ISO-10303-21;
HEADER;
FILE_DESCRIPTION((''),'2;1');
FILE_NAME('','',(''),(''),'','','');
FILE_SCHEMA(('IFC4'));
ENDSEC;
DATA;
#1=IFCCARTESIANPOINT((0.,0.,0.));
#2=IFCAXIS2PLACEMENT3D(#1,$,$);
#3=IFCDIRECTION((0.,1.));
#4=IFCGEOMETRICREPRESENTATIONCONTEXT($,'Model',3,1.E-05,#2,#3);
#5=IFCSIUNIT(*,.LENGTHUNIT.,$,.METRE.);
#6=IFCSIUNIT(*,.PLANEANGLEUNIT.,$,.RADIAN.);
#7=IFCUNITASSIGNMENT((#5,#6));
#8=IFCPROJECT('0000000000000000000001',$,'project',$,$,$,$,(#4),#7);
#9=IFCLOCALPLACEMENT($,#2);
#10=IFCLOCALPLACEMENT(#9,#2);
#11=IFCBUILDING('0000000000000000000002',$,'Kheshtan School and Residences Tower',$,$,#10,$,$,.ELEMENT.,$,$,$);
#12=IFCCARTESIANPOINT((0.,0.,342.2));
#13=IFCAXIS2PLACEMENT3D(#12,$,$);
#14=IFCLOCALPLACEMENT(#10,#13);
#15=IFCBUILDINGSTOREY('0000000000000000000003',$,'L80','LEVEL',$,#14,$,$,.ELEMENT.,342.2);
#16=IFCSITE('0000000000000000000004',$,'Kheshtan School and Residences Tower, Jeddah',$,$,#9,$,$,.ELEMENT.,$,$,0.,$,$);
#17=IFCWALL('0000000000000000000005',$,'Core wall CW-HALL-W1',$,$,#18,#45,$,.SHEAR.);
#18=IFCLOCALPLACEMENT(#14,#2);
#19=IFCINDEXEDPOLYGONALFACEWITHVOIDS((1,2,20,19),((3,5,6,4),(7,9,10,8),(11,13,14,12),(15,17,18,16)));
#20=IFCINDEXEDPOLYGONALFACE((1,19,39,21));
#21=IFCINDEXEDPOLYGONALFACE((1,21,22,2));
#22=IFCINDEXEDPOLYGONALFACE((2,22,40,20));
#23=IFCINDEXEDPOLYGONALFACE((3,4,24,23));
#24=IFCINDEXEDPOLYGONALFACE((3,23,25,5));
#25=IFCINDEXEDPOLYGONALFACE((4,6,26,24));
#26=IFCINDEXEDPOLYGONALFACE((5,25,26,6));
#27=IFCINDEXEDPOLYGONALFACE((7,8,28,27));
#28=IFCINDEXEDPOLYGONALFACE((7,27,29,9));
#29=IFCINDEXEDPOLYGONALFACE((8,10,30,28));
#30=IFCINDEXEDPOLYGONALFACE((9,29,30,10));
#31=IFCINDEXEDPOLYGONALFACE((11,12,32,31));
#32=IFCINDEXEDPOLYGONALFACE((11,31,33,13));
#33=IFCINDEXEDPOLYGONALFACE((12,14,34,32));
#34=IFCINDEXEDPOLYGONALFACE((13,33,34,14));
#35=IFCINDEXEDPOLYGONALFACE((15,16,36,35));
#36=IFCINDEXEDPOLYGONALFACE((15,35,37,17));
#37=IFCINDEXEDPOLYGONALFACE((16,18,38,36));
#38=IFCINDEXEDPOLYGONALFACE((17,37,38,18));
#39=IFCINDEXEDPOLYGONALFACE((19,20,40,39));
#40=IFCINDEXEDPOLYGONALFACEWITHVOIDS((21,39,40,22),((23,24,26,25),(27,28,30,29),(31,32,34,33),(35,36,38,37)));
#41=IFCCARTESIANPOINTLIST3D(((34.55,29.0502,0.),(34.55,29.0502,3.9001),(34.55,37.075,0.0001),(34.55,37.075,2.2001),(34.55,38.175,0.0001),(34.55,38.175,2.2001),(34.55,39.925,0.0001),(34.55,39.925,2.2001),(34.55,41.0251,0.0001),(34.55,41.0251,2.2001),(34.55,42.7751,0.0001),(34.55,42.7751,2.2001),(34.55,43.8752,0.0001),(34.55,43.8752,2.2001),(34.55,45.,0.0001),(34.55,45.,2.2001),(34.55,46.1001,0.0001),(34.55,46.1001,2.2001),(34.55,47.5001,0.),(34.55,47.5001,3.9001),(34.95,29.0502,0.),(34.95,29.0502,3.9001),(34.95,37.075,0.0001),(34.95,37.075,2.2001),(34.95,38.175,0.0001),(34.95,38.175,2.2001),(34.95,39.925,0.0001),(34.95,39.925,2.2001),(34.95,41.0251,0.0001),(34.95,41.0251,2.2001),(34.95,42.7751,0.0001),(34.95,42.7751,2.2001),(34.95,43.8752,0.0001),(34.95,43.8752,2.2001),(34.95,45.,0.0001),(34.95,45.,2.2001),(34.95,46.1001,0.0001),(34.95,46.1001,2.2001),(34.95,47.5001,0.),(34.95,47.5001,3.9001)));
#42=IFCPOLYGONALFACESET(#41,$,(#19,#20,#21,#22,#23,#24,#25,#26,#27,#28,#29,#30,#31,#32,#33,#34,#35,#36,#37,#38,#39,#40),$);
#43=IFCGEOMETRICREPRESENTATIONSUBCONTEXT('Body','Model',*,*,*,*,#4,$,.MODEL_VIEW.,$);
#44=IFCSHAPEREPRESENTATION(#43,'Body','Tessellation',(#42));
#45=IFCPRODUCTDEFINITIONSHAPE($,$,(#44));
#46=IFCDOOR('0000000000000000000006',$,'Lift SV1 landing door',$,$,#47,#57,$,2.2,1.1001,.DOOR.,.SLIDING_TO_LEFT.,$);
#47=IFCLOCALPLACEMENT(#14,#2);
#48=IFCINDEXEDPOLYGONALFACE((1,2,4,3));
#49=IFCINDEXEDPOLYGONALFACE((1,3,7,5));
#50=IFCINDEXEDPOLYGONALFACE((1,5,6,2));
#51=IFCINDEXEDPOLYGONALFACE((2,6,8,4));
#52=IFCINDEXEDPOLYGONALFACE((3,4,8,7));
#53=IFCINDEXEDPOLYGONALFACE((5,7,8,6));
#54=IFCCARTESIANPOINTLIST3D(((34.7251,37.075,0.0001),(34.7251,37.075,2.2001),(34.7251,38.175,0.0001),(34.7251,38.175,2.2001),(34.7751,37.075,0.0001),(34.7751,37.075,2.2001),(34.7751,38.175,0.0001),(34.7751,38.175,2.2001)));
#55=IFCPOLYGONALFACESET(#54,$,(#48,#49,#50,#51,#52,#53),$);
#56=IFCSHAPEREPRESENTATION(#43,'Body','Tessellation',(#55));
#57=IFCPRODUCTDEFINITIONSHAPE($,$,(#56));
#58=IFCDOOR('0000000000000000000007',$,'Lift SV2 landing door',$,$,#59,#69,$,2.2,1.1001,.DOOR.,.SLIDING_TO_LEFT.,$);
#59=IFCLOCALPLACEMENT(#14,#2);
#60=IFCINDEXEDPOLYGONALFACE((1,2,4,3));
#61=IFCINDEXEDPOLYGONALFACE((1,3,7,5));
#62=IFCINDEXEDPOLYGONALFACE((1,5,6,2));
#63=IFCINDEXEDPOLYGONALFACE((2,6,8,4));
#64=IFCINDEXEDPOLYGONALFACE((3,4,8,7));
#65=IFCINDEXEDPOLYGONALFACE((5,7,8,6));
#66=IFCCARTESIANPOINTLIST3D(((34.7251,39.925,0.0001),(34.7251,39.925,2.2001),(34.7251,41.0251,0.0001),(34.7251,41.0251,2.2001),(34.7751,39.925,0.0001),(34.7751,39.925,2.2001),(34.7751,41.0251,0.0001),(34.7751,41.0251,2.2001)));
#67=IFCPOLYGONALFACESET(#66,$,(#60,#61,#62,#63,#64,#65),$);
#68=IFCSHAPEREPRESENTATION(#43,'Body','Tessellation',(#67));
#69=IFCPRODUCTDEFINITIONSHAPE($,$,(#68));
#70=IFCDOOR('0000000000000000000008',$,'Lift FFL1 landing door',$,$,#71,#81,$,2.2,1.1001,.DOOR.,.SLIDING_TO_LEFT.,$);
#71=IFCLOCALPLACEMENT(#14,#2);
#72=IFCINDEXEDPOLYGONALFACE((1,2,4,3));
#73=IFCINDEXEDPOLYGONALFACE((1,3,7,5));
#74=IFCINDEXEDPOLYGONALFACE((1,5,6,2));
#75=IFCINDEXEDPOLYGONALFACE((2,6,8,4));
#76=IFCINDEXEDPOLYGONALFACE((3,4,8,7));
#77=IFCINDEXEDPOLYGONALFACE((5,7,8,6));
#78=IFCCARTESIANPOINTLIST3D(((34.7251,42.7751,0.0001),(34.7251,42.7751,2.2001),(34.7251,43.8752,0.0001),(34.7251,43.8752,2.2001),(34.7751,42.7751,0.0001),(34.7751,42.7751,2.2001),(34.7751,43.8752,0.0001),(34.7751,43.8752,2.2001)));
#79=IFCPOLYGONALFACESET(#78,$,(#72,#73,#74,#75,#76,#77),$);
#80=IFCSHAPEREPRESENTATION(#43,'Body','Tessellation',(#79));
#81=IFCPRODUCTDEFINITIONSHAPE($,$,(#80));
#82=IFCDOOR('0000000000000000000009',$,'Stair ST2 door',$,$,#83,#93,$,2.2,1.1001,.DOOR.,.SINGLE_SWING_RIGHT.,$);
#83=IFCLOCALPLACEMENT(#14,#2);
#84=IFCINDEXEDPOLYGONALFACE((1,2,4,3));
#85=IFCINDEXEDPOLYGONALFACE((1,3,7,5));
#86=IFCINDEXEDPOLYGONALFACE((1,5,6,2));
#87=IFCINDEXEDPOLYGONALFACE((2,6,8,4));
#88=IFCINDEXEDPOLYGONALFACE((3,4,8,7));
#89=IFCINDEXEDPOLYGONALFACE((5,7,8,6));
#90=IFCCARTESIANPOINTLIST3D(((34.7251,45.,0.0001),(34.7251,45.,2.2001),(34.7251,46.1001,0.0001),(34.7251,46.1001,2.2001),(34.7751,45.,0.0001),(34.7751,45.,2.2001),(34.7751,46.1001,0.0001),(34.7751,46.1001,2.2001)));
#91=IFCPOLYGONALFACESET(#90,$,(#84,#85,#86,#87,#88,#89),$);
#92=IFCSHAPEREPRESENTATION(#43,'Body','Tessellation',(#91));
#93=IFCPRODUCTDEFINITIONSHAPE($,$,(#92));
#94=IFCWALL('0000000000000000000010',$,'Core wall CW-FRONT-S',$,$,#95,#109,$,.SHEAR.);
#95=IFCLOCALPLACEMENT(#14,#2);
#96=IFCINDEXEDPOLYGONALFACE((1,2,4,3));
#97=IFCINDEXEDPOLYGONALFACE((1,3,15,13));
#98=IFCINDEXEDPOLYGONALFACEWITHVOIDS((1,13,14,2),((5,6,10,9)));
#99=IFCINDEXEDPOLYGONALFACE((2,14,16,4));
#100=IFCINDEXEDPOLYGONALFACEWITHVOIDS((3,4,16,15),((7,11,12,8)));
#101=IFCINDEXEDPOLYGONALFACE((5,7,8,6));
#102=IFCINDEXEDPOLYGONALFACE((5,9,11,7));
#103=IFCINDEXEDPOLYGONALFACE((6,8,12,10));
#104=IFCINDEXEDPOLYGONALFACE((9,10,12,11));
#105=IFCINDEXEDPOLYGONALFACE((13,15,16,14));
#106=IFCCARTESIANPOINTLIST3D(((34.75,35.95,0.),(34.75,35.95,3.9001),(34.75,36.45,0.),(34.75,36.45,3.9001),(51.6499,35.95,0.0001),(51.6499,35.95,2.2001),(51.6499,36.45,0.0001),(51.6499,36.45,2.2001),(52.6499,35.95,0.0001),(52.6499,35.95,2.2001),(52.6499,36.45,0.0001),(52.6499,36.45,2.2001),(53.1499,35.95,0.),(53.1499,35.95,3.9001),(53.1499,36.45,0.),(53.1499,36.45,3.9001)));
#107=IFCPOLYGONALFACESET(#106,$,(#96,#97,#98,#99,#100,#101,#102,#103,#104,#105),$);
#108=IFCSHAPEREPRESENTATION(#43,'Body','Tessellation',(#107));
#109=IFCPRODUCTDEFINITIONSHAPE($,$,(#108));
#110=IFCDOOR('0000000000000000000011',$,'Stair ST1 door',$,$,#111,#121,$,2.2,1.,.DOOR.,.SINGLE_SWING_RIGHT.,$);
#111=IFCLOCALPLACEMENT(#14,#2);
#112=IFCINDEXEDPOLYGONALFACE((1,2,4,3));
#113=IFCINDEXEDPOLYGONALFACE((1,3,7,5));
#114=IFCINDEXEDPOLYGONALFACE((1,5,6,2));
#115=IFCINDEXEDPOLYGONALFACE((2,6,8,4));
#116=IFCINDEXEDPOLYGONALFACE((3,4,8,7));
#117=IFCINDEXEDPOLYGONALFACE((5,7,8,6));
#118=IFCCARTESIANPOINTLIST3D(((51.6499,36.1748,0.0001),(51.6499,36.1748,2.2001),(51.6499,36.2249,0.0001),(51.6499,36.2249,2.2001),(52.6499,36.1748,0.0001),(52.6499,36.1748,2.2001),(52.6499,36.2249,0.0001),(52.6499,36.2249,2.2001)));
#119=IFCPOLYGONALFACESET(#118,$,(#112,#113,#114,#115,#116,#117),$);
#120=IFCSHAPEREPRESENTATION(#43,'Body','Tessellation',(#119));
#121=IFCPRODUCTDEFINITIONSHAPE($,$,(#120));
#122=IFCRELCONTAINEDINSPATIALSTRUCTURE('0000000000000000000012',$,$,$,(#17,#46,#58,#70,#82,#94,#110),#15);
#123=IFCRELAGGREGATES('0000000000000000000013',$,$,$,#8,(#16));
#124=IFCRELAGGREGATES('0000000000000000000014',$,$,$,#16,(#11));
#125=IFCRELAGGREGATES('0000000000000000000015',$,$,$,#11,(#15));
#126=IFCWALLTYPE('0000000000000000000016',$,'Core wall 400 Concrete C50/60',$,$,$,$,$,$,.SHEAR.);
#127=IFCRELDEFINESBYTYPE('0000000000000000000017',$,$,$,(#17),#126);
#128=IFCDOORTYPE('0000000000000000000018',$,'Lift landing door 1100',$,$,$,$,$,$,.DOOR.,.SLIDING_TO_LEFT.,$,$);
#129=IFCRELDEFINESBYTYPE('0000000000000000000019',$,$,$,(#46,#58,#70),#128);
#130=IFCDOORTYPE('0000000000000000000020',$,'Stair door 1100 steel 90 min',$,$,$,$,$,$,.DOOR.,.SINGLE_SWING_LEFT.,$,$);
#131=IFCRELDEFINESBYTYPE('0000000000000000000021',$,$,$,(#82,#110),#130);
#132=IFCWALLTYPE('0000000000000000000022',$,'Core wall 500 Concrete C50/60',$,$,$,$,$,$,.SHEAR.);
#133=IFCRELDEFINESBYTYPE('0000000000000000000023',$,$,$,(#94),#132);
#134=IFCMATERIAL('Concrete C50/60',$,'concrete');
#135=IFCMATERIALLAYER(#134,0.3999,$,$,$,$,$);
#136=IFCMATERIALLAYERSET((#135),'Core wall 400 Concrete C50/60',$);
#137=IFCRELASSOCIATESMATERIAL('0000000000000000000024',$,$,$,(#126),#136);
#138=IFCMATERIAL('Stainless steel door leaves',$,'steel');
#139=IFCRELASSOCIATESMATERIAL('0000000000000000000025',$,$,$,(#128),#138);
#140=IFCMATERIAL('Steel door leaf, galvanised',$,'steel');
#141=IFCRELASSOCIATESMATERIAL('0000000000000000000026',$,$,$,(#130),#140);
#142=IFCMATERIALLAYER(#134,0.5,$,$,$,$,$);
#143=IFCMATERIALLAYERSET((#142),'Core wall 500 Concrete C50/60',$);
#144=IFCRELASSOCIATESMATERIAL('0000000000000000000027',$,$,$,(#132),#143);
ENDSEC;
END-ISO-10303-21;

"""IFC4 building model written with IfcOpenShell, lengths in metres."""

from ifc_helpers import new_model, si_unit, direction, frame, frame_2d, origin, place, context, subcontext, project, spatial, rectangle, extrude, source, transform, mapped, material, layer, layer_set, type_object, element, fill, save


model = new_model("IFC4")

# Units and contexts
model_context = context("Model", 3, precision=1e-05, world=origin(), true_north=direction((0.0, 1.0)))
body_context = subcontext(model_context, "Body", "Model", "MODEL_VIEW")
ifc_project = project(units=[si_unit("LENGTHUNIT", "METRE"), si_unit("PLANEANGLEUNIT", "RADIAN")], contexts=[model_context])

# Site, building, storey
site_placement = place(None, origin())
site = spatial("IfcSite", under=ifc_project, at=site_placement, Name="Kheshtan School and Residences Tower, Jeddah", CompositionType="ELEMENT", RefElevation=0.0)
building_placement = place(site_placement, origin())
building = spatial("IfcBuilding", under=site, at=building_placement, Name="Kheshtan School and Residences Tower", CompositionType="ELEMENT")
storey_placement = place(building_placement, frame((0.0, 0.0, 342.2)))
storey = spatial("IfcBuildingStorey", under=building, at=storey_placement, Name="L80", Description="LEVEL", CompositionType="ELEMENT", Elevation=342.2)

# Wall, openings, doors
ifc_material_1 = material(Name="Concrete C50/60", Category="concrete")
ifc_layer_1 = layer(ifc_material_1, 0.3999)
ifc_layer_set_1 = layer_set([ifc_layer_1], Name="Core wall 400 Concrete C50/60")
wall_type_1 = type_object("IfcWallType", Name="Core wall 400 Concrete C50/60", PredefinedType="SHEAR", material=ifc_layer_set_1)
ifc_material_2 = material(Name="Stainless steel door leaves", Category="steel")
door_type_1 = type_object("IfcDoorType", Name="Lift landing door 1100", OperationType="SLIDING_TO_LEFT", PredefinedType="DOOR", material=ifc_material_2)
shared_shape_1 = source(origin(), body_context, "Body", "SweptSolid", [
    extrude(rectangle(XDim=1.1001, YDim=2.2, at=frame_2d((0.55, 1.1001))), frame((0.0, 0.0249, 0.0), z_axis=(0.0, -1.0, 0.0), x_axis=(1.0, 0.0, 0.0)), (0.0, 0.0, 1.0), 0.05),
])
ifc_material_3 = material(Name="Steel door leaf, galvanised", Category="steel")
wall_1_placement = place(storey_placement, frame((34.75, 29.05, 0.0), z_axis=(0.0, 0.0, 1.0), x_axis=(0.0, 1.0, 0.0)))
wall_1 = element("IfcWall", 1, at=wall_1_placement, inside=storey, type_object=wall_type_1, Name="Core wall CW-HALL-W1", PredefinedType="SHEAR", context=body_context, shape_type="SweptSolid", body=[
    extrude(rectangle(XDim=18.45, YDim=0.3999, at=frame_2d((9.2251, 0.0))), origin(), (0.0, 0.0, 1.0), 3.9001),
])
opening_1_placement = place(wall_1_placement, frame((8.0249, 0.0, 0.0)))
opening_1 = element("IfcOpeningElement", 2, at=opening_1_placement, cuts=wall_1, PredefinedType="OPENING", context=body_context, shape_type="SweptSolid", body=[
    extrude(rectangle(XDim=1.1001, YDim=2.2, at=frame_2d((0.55, 1.1001))), frame((0.0, 0.21, 0.0), z_axis=(0.0, -1.0, 0.0), x_axis=(1.0, 0.0, 0.0)), (0.0, 0.0, 1.0), 0.4199),
])
opening_2_placement = place(wall_1_placement, frame((10.875, 0.0, 0.0)))
opening_2 = element("IfcOpeningElement", 3, at=opening_2_placement, cuts=wall_1, PredefinedType="OPENING", context=body_context, shape_type="SweptSolid", body=[
    extrude(rectangle(XDim=1.1001, YDim=2.2, at=frame_2d((0.55, 1.1001))), frame((0.0, 0.21, 0.0), z_axis=(0.0, -1.0, 0.0), x_axis=(1.0, 0.0, 0.0)), (0.0, 0.0, 1.0), 0.4199),
])
opening_3_placement = place(wall_1_placement, frame((13.7251, 0.0, 0.0)))
opening_3 = element("IfcOpeningElement", 4, at=opening_3_placement, cuts=wall_1, PredefinedType="OPENING", context=body_context, shape_type="SweptSolid", body=[
    extrude(rectangle(XDim=1.1001, YDim=2.2, at=frame_2d((0.55, 1.1001))), frame((0.0, 0.21, 0.0), z_axis=(0.0, -1.0, 0.0), x_axis=(1.0, 0.0, 0.0)), (0.0, 0.0, 1.0), 0.4199),
])
opening_4_placement = place(wall_1_placement, frame((15.95, 0.0, 0.0)))
opening_4 = element("IfcOpeningElement", 5, at=opening_4_placement, cuts=wall_1, PredefinedType="OPENING", context=body_context, shape_type="SweptSolid", body=[
    extrude(rectangle(XDim=1.1001, YDim=2.2, at=frame_2d((0.55, 1.1001))), frame((0.0, 0.21, 0.0), z_axis=(0.0, -1.0, 0.0), x_axis=(1.0, 0.0, 0.0)), (0.0, 0.0, 1.0), 0.4199),
])
door_1_placement = place(opening_1_placement, origin())
door_1 = element("IfcDoor", 6, at=door_1_placement, inside=storey, type_object=door_type_1, Name="Lift SV1 landing door", OperationType="SLIDING_TO_LEFT", OverallHeight=2.2, OverallWidth=1.1001, PredefinedType="DOOR", context=body_context, shape_type="MappedRepresentation", body=[
    mapped(shared_shape_1, transform((0.0, 0.0, 0.0), x_axis=(1.0, 0.0, 0.0), y_axis=(0.0, 1.0, 0.0), z_axis=(0.0, 0.0, 1.0), scale=1.0)),
])
fill(opening_1, door_1)
door_2_placement = place(opening_2_placement, origin())
door_2 = element("IfcDoor", 7, at=door_2_placement, inside=storey, type_object=door_type_1, Name="Lift SV2 landing door", OperationType="SLIDING_TO_LEFT", OverallHeight=2.2, OverallWidth=1.1001, PredefinedType="DOOR", context=body_context, shape_type="MappedRepresentation", body=[
    mapped(shared_shape_1, transform((0.0, 0.0, 0.0), x_axis=(1.0, 0.0, 0.0), y_axis=(0.0, 1.0, 0.0), z_axis=(0.0, 0.0, 1.0), scale=1.0)),
])
fill(opening_2, door_2)
door_3_placement = place(opening_3_placement, origin())
door_3 = element("IfcDoor", 8, at=door_3_placement, inside=storey, type_object=door_type_1, Name="Lift FFL1 landing door", OperationType="SLIDING_TO_LEFT", OverallHeight=2.2, OverallWidth=1.1001, PredefinedType="DOOR", context=body_context, shape_type="MappedRepresentation", body=[
    mapped(shared_shape_1, transform((0.0, 0.0, 0.0), x_axis=(1.0, 0.0, 0.0), y_axis=(0.0, 1.0, 0.0), z_axis=(0.0, 0.0, 1.0), scale=1.0)),
])
fill(opening_3, door_3)
door_type_2 = type_object("IfcDoorType", Name="Stair door 1100 steel 90 min", OperationType="SINGLE_SWING_LEFT", PredefinedType="DOOR", material=ifc_material_3)
shared_shape_2 = source(origin(), body_context, "Body", "SweptSolid", [
    extrude(rectangle(XDim=1.1001, YDim=2.2, at=frame_2d((0.55, 1.1001))), frame((0.0, 0.0249, 0.0), z_axis=(0.0, -1.0, 0.0), x_axis=(1.0, 0.0, 0.0)), (0.0, 0.0, 1.0), 0.05),
])
door_4_placement = place(opening_4_placement, origin())
door_4 = element("IfcDoor", 9, at=door_4_placement, inside=storey, type_object=door_type_2, Name="Stair ST2 door", OperationType="SINGLE_SWING_RIGHT", OverallHeight=2.2, OverallWidth=1.1001, PredefinedType="DOOR", context=body_context, shape_type="MappedRepresentation", body=[
    mapped(shared_shape_2, transform((0.0, 0.0, 0.0), x_axis=(1.0, 0.0, 0.0), y_axis=(0.0, 1.0, 0.0), z_axis=(0.0, 0.0, 1.0), scale=1.0)),
])
fill(opening_4, door_4)

# Wall, opening, door
ifc_layer_2 = layer(ifc_material_1, 0.5)
ifc_layer_set_2 = layer_set([ifc_layer_2], Name="Core wall 500 Concrete C50/60")
wall_type_2 = type_object("IfcWallType", Name="Core wall 500 Concrete C50/60", PredefinedType="SHEAR", material=ifc_layer_set_2)
wall_2_placement = place(storey_placement, frame((34.75, 36.2, 0.0), z_axis=(0.0, 0.0, 1.0), x_axis=(1.0, 0.0, 0.0)))
wall_2 = element("IfcWall", 10, at=wall_2_placement, inside=storey, type_object=wall_type_2, Name="Core wall CW-FRONT-S", PredefinedType="SHEAR", context=body_context, shape_type="SweptSolid", body=[
    extrude(rectangle(XDim=18.3999, YDim=0.5, at=frame_2d((9.2, 0.0))), origin(), (0.0, 0.0, 1.0), 3.9001),
])
opening_5_placement = place(wall_2_placement, frame((16.8999, 0.0, 0.0)))
opening_5 = element("IfcOpeningElement", 11, at=opening_5_placement, cuts=wall_2, PredefinedType="OPENING", context=body_context, shape_type="SweptSolid", body=[
    extrude(rectangle(XDim=1.0, YDim=2.2, at=frame_2d((0.5, 1.1001))), frame((0.0, 0.26, 0.0), z_axis=(0.0, -1.0, 0.0), x_axis=(1.0, 0.0, 0.0)), (0.0, 0.0, 1.0), 0.52),
])
shared_shape_3 = source(origin(), body_context, "Body", "SweptSolid", [
    extrude(rectangle(XDim=1.0, YDim=2.2, at=frame_2d((0.5, 1.1001))), frame((0.0, 0.0249, 0.0), z_axis=(0.0, -1.0, 0.0), x_axis=(1.0, 0.0, 0.0)), (0.0, 0.0, 1.0), 0.05),
])
door_5_placement = place(opening_5_placement, origin())
door_5 = element("IfcDoor", 12, at=door_5_placement, inside=storey, type_object=door_type_2, Name="Stair ST1 door", OperationType="SINGLE_SWING_RIGHT", OverallHeight=2.2, OverallWidth=1.0, PredefinedType="DOOR", context=body_context, shape_type="MappedRepresentation", body=[
    mapped(shared_shape_3, transform((0.0, 0.0, 0.0), x_axis=(1.0, 0.0, 0.0), y_axis=(0.0, 1.0, 0.0), z_axis=(0.0, 0.0, 1.0), scale=1.0)),
])
fill(opening_5, door_5)

save(model, "model.ifc")
